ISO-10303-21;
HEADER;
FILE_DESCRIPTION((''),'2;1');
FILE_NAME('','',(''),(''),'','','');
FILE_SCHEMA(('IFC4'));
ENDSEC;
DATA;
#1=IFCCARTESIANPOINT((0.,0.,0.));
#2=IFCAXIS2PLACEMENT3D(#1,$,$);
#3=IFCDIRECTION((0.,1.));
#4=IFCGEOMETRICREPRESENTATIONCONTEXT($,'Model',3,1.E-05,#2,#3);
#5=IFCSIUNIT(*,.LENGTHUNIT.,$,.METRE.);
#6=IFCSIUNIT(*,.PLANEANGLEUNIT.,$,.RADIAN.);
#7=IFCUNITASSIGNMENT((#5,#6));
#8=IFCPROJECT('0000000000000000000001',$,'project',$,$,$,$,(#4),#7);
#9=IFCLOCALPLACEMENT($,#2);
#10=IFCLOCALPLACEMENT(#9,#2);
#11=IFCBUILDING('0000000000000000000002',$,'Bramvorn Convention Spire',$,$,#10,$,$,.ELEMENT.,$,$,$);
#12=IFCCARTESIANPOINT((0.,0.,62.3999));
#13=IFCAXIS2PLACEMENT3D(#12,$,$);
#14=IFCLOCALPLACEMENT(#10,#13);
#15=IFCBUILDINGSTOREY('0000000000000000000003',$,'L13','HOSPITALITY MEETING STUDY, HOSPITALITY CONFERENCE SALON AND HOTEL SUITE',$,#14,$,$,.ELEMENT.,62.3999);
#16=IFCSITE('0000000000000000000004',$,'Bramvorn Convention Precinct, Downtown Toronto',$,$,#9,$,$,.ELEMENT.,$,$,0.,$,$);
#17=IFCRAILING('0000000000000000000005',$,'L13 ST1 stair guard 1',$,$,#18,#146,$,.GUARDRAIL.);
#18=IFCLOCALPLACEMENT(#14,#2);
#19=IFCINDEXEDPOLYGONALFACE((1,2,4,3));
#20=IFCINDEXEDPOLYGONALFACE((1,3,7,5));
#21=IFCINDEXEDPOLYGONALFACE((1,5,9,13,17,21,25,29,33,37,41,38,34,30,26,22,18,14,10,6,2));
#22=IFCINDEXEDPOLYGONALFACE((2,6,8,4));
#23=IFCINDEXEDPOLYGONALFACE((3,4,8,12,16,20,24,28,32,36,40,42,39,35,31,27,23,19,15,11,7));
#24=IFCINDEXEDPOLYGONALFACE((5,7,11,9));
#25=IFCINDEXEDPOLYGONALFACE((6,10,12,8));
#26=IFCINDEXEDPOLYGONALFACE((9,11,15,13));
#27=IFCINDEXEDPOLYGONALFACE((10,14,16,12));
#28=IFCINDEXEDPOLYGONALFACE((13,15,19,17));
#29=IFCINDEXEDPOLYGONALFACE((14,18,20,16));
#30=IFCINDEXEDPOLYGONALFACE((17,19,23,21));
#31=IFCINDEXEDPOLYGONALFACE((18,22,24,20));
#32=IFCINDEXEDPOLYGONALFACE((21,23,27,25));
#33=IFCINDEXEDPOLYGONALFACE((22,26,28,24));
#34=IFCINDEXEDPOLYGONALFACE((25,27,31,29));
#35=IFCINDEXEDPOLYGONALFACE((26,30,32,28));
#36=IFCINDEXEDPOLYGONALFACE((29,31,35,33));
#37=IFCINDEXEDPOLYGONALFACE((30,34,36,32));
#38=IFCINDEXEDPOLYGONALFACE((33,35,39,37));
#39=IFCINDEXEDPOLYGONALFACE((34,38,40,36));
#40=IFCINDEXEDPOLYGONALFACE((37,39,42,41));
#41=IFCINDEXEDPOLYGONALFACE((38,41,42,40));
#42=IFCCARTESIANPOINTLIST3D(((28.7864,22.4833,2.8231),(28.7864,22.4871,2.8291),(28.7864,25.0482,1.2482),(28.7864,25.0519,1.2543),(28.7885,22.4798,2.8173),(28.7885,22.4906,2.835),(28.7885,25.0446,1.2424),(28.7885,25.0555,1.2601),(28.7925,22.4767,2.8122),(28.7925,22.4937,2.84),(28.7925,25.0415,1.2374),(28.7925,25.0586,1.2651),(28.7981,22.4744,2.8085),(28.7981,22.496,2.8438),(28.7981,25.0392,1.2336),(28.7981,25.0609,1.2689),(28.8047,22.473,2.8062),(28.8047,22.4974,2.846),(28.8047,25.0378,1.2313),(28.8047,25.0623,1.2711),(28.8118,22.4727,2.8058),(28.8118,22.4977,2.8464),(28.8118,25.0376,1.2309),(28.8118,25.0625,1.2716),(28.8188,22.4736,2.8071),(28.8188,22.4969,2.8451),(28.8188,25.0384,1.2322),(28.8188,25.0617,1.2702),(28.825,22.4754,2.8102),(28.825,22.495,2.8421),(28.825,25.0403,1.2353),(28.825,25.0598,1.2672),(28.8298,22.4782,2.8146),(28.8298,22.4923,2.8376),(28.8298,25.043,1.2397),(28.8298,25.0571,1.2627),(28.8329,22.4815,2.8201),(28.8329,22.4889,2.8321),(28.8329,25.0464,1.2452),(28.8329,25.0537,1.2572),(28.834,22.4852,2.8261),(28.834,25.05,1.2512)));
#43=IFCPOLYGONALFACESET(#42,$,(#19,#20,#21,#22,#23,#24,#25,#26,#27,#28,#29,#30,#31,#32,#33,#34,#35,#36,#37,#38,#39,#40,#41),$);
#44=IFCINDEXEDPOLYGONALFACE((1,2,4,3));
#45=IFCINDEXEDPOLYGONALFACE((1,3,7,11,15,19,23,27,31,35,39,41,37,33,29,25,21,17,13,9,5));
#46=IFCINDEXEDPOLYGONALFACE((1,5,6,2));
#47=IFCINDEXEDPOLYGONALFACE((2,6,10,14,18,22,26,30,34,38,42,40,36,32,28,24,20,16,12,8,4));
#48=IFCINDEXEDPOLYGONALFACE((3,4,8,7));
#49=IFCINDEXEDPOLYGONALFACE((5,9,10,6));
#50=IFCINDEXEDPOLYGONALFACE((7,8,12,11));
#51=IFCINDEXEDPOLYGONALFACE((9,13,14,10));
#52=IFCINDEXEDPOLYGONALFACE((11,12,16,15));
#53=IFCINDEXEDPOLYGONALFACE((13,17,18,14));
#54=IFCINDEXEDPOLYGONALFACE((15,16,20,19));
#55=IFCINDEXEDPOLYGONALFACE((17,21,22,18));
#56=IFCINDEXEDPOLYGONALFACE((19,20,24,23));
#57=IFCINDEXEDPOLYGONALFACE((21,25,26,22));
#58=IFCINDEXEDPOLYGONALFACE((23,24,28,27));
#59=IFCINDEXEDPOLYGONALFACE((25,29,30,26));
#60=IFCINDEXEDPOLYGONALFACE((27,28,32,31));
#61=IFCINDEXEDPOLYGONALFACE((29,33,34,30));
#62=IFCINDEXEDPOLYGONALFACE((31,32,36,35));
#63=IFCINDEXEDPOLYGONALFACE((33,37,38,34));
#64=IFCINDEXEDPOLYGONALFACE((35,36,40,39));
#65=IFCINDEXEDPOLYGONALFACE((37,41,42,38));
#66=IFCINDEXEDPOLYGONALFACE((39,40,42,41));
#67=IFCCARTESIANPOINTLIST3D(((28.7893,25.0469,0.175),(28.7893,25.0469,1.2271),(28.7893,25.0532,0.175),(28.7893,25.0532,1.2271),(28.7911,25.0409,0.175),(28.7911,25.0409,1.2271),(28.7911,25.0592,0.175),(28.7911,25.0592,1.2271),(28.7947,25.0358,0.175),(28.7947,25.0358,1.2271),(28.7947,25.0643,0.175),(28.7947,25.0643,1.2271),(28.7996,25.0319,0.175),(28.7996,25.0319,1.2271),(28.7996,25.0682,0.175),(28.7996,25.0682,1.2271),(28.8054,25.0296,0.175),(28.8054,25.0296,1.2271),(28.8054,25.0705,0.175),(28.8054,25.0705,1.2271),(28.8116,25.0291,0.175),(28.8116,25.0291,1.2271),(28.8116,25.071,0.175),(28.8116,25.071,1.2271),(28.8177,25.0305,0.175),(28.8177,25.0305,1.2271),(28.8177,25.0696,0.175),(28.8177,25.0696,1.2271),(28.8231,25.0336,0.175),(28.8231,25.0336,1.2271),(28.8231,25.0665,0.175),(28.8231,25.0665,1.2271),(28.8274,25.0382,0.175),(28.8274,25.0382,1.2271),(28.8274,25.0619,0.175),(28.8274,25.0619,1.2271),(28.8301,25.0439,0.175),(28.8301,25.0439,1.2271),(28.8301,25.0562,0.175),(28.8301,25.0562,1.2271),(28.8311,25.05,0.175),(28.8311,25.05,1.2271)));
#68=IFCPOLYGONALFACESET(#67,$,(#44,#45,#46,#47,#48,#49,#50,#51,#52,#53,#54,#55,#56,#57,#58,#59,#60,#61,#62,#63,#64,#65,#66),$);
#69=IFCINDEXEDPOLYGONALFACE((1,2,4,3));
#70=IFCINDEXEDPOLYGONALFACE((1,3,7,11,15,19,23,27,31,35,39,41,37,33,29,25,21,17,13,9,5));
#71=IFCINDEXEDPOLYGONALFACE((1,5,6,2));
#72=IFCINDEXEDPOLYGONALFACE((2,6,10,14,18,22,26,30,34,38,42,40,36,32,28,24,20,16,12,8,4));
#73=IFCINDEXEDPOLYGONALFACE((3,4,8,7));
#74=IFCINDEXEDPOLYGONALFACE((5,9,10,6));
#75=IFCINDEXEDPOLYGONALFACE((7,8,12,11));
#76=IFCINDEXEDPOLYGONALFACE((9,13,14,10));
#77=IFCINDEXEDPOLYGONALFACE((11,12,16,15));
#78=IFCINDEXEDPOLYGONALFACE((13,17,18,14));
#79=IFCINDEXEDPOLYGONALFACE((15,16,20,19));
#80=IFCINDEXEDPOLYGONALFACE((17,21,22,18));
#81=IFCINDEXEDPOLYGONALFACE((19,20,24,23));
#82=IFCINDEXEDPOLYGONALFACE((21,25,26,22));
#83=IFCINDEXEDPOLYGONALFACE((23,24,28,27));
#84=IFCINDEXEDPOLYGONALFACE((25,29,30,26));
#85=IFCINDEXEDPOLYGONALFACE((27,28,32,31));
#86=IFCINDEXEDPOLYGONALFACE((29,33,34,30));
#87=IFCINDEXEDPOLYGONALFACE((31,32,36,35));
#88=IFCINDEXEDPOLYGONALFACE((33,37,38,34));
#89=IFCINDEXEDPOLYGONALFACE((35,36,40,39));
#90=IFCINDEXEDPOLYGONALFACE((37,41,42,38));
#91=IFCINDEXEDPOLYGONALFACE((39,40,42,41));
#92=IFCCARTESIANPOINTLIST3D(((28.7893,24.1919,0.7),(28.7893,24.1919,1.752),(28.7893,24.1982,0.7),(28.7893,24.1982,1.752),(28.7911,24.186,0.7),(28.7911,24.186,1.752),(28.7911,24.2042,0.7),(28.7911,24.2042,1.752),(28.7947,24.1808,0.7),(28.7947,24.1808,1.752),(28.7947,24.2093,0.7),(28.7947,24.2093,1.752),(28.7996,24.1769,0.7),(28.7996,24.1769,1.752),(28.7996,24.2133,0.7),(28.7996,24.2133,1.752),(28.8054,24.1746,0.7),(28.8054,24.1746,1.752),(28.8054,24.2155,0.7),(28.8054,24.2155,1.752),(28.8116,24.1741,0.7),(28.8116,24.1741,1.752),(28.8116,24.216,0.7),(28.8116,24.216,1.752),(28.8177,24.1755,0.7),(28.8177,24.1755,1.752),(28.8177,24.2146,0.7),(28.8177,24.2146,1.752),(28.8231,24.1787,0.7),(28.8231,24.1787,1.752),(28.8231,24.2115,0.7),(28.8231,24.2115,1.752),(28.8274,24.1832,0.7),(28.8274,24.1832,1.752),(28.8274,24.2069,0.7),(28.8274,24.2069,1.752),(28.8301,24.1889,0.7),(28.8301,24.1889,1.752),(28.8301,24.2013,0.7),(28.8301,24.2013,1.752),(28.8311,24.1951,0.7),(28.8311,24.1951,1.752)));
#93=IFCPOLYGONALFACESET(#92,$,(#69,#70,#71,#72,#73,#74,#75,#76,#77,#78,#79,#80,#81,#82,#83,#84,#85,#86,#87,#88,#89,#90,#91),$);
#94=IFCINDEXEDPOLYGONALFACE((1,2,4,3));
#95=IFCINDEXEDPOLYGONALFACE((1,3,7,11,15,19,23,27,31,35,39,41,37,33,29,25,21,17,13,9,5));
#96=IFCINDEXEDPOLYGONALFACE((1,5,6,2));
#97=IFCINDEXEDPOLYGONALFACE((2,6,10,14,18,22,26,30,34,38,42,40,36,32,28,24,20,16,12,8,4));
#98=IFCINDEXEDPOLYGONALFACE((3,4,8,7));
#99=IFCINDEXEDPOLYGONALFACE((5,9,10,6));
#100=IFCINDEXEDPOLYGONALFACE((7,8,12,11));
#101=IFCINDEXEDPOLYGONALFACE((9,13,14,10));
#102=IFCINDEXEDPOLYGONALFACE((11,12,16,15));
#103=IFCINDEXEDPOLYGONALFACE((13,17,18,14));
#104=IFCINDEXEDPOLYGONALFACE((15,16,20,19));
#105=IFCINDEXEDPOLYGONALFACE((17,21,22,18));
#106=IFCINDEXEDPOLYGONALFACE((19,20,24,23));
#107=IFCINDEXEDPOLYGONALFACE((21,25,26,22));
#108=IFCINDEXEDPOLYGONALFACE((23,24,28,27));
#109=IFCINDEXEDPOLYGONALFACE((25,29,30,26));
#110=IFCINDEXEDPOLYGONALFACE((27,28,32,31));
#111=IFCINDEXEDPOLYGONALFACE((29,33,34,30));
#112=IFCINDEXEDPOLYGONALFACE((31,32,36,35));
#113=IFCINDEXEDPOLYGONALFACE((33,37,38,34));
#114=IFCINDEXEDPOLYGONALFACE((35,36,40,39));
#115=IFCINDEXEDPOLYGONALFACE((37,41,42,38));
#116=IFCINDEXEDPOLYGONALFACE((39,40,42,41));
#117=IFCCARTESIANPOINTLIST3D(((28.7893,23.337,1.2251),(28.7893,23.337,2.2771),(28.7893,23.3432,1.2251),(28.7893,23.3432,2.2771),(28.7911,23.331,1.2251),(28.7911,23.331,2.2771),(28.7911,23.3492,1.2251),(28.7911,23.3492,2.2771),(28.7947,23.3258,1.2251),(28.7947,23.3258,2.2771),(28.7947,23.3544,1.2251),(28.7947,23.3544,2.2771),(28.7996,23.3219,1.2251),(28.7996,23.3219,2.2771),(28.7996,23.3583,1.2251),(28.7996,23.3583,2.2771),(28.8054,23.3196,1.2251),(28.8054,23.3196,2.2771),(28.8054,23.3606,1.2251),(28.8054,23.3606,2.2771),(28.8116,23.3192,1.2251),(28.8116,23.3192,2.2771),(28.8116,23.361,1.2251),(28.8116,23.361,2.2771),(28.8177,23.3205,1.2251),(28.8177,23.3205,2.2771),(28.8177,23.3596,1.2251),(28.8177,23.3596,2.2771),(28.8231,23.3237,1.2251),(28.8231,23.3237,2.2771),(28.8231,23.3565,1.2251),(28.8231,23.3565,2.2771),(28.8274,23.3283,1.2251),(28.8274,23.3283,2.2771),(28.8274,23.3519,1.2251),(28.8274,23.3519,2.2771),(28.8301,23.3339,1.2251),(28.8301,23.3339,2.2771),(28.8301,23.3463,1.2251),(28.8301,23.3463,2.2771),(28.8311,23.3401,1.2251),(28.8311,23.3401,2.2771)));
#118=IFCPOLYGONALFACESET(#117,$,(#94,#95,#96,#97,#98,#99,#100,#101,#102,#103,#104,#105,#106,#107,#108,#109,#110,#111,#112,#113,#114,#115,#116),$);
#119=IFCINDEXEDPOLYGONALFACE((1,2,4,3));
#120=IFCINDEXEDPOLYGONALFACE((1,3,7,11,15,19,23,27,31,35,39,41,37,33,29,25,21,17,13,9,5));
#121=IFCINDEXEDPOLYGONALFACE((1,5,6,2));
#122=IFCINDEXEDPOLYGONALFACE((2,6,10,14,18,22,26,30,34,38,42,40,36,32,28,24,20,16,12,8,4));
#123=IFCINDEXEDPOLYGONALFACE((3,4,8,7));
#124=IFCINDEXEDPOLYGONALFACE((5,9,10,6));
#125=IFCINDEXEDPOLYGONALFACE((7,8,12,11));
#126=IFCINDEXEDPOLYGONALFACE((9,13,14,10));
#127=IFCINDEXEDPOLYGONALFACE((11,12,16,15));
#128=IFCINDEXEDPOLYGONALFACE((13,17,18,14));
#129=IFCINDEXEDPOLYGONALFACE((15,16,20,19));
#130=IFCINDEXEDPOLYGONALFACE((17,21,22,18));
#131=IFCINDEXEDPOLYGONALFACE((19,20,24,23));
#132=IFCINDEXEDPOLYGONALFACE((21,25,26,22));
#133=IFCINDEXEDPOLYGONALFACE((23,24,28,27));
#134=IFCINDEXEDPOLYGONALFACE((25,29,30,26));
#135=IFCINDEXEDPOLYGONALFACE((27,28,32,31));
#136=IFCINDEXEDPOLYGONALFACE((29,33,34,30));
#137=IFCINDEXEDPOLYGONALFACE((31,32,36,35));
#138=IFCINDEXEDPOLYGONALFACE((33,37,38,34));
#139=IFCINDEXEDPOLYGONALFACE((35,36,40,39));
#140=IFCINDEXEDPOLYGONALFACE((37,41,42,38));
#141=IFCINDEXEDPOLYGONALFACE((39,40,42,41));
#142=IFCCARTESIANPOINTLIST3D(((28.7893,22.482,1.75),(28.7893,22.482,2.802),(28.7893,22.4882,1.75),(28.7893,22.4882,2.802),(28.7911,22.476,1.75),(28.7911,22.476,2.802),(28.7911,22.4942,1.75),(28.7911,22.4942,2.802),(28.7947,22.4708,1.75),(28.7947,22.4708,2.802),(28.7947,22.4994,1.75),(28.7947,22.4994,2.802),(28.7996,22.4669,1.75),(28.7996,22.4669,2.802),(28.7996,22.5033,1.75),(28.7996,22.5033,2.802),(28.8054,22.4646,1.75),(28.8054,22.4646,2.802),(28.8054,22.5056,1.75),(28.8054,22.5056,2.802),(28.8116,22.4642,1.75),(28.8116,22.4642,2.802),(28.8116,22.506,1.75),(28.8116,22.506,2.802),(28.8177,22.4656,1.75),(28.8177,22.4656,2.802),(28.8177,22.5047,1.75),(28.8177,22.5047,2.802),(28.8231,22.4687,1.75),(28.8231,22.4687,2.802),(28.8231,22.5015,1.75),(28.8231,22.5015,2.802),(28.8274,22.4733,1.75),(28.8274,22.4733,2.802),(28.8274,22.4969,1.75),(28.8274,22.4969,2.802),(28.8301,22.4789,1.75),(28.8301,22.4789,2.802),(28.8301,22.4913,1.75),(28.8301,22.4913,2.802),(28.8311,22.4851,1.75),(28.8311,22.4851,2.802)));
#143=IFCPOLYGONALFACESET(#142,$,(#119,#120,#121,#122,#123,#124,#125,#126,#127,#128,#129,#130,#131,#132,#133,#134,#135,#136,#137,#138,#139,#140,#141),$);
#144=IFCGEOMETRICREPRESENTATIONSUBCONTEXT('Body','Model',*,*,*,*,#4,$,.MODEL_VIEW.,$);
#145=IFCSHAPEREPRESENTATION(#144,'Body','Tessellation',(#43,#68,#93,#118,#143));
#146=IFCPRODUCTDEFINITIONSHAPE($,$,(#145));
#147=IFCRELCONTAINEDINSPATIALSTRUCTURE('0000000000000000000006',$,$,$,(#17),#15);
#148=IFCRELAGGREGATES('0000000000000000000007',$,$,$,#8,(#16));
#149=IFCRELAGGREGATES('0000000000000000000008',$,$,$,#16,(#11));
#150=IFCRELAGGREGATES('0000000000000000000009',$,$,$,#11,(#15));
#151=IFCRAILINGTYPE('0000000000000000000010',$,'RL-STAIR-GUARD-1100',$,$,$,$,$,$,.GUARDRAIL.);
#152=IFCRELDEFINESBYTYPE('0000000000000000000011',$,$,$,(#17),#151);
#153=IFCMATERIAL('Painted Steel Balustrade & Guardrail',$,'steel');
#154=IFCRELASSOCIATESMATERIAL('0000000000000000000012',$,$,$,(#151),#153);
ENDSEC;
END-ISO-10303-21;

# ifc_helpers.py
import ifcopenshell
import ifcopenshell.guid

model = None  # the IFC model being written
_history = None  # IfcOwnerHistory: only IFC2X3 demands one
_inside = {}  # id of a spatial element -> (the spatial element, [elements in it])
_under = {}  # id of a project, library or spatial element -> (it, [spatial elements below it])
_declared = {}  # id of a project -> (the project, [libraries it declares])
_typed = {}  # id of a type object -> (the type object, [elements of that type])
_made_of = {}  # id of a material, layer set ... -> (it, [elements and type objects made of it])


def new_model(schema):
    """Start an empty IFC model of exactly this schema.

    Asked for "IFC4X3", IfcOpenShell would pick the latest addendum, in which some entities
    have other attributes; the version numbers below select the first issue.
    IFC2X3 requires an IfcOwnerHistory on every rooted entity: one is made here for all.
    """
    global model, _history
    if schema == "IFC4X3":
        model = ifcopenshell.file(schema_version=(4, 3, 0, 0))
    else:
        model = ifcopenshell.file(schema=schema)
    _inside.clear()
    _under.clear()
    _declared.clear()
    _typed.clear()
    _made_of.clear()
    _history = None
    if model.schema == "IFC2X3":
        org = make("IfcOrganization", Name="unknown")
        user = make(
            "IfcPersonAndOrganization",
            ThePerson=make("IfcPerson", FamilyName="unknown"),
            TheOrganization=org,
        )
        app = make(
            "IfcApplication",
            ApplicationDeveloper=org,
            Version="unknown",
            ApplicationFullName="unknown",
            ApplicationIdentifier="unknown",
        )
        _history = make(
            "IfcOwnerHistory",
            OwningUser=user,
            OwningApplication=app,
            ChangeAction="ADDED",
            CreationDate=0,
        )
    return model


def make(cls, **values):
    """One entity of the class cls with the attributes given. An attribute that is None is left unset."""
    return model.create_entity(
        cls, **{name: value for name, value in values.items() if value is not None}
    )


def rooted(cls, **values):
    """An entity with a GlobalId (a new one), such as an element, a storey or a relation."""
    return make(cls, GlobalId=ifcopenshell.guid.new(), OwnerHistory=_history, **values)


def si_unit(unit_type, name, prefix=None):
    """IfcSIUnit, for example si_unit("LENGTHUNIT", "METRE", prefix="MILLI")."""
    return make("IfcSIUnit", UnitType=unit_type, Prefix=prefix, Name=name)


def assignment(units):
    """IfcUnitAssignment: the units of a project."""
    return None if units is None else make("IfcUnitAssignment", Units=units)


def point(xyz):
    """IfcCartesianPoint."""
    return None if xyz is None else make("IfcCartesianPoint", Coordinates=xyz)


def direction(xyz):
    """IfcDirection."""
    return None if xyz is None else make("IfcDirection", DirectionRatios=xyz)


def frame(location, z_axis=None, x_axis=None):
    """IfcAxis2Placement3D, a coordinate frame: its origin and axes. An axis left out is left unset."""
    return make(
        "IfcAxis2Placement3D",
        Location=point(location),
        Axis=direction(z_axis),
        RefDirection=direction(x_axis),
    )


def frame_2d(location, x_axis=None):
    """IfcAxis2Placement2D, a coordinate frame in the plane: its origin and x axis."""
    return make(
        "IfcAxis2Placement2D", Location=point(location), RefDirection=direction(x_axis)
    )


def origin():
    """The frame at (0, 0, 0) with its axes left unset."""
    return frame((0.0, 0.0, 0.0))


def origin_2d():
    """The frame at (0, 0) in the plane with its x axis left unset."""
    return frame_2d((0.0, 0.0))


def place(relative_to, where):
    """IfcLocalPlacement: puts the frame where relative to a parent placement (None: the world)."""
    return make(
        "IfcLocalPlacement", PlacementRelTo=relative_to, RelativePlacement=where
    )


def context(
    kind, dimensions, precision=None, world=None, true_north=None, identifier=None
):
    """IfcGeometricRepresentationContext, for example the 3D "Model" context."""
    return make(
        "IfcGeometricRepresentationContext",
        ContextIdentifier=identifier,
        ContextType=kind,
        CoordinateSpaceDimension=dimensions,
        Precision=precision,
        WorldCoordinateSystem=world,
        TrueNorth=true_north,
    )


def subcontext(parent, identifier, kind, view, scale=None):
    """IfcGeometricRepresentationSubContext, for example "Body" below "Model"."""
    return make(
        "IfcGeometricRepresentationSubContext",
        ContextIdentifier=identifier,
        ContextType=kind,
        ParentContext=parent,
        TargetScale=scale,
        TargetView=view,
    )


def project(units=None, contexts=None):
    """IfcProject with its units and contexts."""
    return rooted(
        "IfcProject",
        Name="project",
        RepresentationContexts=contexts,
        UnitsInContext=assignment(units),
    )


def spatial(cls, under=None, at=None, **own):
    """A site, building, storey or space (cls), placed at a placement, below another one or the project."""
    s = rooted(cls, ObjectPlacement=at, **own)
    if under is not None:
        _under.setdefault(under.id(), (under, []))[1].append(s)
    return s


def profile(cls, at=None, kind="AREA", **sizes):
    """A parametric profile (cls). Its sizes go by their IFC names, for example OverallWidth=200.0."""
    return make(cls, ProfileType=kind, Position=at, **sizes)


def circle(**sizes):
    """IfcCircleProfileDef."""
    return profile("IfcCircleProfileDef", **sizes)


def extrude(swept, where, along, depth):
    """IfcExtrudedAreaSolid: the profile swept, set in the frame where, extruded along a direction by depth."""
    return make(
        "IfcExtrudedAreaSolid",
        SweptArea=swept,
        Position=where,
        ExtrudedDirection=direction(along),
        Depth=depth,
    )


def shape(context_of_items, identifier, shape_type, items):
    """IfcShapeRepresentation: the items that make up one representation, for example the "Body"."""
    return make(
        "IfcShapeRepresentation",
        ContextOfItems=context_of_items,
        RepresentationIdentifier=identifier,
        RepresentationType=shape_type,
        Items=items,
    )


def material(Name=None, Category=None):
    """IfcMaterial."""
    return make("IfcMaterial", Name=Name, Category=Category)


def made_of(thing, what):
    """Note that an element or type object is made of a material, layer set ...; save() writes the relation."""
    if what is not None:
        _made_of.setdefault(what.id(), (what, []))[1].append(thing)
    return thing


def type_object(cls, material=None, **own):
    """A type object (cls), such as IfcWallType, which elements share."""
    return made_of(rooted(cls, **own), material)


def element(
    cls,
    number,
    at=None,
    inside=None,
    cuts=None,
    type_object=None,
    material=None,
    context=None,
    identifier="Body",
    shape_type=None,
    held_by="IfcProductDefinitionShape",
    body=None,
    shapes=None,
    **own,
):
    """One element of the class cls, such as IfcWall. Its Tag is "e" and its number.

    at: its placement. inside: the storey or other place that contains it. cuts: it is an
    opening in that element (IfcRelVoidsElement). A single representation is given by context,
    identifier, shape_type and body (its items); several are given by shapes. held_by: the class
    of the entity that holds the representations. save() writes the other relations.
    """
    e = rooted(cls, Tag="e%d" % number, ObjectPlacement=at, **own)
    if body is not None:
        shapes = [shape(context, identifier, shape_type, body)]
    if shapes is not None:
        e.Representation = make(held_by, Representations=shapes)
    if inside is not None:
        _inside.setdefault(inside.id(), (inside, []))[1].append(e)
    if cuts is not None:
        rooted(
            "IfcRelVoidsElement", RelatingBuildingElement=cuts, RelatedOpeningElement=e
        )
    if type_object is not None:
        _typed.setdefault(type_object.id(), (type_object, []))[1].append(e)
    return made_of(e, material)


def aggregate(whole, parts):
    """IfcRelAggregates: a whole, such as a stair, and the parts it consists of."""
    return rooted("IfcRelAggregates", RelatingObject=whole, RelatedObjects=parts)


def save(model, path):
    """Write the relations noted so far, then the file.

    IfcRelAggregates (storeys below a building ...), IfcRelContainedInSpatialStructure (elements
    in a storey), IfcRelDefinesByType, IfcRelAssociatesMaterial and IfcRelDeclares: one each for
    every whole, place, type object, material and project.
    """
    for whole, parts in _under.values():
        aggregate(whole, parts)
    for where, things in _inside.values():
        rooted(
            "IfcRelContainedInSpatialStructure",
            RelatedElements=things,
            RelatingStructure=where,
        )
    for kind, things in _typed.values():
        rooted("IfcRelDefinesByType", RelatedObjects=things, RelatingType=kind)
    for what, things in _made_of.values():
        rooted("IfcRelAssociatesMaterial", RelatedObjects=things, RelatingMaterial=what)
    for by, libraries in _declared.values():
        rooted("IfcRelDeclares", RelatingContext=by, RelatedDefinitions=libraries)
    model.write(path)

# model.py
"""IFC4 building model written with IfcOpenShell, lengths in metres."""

from ifc_helpers import new_model, si_unit, direction, frame, origin, origin_2d, place, context, subcontext, project, spatial, circle, extrude, material, type_object, element, save


model = new_model("IFC4")

# Units and contexts
model_context = context("Model", 3, precision=1e-05, world=origin(), true_north=direction((0.0, 1.0)))
body_context = subcontext(model_context, "Body", "Model", "MODEL_VIEW")
ifc_project = project(units=[si_unit("LENGTHUNIT", "METRE"), si_unit("PLANEANGLEUNIT", "RADIAN")], contexts=[model_context])

# Site, building, storey
site_placement = place(None, origin())
site = spatial("IfcSite", under=ifc_project, at=site_placement, Name="Bramvorn Convention Precinct, Downtown Toronto", CompositionType="ELEMENT", RefElevation=0.0)
building_placement = place(site_placement, origin())
building = spatial("IfcBuilding", under=site, at=building_placement, Name="Bramvorn Convention Spire", CompositionType="ELEMENT")
storey_placement = place(building_placement, frame((0.0, 0.0, 62.3999)))
storey = spatial("IfcBuildingStorey", under=building, at=storey_placement, Name="L13", Description="HOSPITALITY MEETING STUDY, HOSPITALITY CONFERENCE SALON AND HOTEL SUITE", CompositionType="ELEMENT", Elevation=62.3999)

# Railing
ifc_material_1 = material(Name="Painted Steel Balustrade & Guardrail", Category="steel")
railing_type_1 = type_object("IfcRailingType", Name="RL-STAIR-GUARD-1100", PredefinedType="GUARDRAIL", material=ifc_material_1)
railing_1_placement = place(storey_placement, frame((28.8101, 25.05, 0.175)))
element("IfcRailing", 1, at=railing_1_placement, inside=storey, type_object=railing_type_1, Name="L13 ST1 stair guard 1", PredefinedType="GUARDRAIL", context=body_context, shape_type="SweptSolid", body=[
    extrude(circle(Radius=0.0239, at=origin_2d()), frame((0.0, 0.0, 1.0762), z_axis=(0.0, -0.852173, 0.52326), x_axis=(1.0, 0.0, 0.0)), (0.0, 0.0, 1.0), 3.0098),
    extrude(circle(Radius=0.021, at=origin_2d()), origin(), (0.0, 0.0, 1.0), 1.052),
    extrude(circle(Radius=0.021, at=origin_2d()), frame((0.0, -0.855, 0.5249)), (0.0, 0.0, 1.0), 1.052),
    extrude(circle(Radius=0.021, at=origin_2d()), frame((0.0, -1.71, 1.05)), (0.0, 0.0, 1.0), 1.052),
    extrude(circle(Radius=0.021, at=origin_2d()), frame((0.0, -2.5649, 1.575)), (0.0, 0.0, 1.0), 1.052),
])

save(model, "model.ifc")
